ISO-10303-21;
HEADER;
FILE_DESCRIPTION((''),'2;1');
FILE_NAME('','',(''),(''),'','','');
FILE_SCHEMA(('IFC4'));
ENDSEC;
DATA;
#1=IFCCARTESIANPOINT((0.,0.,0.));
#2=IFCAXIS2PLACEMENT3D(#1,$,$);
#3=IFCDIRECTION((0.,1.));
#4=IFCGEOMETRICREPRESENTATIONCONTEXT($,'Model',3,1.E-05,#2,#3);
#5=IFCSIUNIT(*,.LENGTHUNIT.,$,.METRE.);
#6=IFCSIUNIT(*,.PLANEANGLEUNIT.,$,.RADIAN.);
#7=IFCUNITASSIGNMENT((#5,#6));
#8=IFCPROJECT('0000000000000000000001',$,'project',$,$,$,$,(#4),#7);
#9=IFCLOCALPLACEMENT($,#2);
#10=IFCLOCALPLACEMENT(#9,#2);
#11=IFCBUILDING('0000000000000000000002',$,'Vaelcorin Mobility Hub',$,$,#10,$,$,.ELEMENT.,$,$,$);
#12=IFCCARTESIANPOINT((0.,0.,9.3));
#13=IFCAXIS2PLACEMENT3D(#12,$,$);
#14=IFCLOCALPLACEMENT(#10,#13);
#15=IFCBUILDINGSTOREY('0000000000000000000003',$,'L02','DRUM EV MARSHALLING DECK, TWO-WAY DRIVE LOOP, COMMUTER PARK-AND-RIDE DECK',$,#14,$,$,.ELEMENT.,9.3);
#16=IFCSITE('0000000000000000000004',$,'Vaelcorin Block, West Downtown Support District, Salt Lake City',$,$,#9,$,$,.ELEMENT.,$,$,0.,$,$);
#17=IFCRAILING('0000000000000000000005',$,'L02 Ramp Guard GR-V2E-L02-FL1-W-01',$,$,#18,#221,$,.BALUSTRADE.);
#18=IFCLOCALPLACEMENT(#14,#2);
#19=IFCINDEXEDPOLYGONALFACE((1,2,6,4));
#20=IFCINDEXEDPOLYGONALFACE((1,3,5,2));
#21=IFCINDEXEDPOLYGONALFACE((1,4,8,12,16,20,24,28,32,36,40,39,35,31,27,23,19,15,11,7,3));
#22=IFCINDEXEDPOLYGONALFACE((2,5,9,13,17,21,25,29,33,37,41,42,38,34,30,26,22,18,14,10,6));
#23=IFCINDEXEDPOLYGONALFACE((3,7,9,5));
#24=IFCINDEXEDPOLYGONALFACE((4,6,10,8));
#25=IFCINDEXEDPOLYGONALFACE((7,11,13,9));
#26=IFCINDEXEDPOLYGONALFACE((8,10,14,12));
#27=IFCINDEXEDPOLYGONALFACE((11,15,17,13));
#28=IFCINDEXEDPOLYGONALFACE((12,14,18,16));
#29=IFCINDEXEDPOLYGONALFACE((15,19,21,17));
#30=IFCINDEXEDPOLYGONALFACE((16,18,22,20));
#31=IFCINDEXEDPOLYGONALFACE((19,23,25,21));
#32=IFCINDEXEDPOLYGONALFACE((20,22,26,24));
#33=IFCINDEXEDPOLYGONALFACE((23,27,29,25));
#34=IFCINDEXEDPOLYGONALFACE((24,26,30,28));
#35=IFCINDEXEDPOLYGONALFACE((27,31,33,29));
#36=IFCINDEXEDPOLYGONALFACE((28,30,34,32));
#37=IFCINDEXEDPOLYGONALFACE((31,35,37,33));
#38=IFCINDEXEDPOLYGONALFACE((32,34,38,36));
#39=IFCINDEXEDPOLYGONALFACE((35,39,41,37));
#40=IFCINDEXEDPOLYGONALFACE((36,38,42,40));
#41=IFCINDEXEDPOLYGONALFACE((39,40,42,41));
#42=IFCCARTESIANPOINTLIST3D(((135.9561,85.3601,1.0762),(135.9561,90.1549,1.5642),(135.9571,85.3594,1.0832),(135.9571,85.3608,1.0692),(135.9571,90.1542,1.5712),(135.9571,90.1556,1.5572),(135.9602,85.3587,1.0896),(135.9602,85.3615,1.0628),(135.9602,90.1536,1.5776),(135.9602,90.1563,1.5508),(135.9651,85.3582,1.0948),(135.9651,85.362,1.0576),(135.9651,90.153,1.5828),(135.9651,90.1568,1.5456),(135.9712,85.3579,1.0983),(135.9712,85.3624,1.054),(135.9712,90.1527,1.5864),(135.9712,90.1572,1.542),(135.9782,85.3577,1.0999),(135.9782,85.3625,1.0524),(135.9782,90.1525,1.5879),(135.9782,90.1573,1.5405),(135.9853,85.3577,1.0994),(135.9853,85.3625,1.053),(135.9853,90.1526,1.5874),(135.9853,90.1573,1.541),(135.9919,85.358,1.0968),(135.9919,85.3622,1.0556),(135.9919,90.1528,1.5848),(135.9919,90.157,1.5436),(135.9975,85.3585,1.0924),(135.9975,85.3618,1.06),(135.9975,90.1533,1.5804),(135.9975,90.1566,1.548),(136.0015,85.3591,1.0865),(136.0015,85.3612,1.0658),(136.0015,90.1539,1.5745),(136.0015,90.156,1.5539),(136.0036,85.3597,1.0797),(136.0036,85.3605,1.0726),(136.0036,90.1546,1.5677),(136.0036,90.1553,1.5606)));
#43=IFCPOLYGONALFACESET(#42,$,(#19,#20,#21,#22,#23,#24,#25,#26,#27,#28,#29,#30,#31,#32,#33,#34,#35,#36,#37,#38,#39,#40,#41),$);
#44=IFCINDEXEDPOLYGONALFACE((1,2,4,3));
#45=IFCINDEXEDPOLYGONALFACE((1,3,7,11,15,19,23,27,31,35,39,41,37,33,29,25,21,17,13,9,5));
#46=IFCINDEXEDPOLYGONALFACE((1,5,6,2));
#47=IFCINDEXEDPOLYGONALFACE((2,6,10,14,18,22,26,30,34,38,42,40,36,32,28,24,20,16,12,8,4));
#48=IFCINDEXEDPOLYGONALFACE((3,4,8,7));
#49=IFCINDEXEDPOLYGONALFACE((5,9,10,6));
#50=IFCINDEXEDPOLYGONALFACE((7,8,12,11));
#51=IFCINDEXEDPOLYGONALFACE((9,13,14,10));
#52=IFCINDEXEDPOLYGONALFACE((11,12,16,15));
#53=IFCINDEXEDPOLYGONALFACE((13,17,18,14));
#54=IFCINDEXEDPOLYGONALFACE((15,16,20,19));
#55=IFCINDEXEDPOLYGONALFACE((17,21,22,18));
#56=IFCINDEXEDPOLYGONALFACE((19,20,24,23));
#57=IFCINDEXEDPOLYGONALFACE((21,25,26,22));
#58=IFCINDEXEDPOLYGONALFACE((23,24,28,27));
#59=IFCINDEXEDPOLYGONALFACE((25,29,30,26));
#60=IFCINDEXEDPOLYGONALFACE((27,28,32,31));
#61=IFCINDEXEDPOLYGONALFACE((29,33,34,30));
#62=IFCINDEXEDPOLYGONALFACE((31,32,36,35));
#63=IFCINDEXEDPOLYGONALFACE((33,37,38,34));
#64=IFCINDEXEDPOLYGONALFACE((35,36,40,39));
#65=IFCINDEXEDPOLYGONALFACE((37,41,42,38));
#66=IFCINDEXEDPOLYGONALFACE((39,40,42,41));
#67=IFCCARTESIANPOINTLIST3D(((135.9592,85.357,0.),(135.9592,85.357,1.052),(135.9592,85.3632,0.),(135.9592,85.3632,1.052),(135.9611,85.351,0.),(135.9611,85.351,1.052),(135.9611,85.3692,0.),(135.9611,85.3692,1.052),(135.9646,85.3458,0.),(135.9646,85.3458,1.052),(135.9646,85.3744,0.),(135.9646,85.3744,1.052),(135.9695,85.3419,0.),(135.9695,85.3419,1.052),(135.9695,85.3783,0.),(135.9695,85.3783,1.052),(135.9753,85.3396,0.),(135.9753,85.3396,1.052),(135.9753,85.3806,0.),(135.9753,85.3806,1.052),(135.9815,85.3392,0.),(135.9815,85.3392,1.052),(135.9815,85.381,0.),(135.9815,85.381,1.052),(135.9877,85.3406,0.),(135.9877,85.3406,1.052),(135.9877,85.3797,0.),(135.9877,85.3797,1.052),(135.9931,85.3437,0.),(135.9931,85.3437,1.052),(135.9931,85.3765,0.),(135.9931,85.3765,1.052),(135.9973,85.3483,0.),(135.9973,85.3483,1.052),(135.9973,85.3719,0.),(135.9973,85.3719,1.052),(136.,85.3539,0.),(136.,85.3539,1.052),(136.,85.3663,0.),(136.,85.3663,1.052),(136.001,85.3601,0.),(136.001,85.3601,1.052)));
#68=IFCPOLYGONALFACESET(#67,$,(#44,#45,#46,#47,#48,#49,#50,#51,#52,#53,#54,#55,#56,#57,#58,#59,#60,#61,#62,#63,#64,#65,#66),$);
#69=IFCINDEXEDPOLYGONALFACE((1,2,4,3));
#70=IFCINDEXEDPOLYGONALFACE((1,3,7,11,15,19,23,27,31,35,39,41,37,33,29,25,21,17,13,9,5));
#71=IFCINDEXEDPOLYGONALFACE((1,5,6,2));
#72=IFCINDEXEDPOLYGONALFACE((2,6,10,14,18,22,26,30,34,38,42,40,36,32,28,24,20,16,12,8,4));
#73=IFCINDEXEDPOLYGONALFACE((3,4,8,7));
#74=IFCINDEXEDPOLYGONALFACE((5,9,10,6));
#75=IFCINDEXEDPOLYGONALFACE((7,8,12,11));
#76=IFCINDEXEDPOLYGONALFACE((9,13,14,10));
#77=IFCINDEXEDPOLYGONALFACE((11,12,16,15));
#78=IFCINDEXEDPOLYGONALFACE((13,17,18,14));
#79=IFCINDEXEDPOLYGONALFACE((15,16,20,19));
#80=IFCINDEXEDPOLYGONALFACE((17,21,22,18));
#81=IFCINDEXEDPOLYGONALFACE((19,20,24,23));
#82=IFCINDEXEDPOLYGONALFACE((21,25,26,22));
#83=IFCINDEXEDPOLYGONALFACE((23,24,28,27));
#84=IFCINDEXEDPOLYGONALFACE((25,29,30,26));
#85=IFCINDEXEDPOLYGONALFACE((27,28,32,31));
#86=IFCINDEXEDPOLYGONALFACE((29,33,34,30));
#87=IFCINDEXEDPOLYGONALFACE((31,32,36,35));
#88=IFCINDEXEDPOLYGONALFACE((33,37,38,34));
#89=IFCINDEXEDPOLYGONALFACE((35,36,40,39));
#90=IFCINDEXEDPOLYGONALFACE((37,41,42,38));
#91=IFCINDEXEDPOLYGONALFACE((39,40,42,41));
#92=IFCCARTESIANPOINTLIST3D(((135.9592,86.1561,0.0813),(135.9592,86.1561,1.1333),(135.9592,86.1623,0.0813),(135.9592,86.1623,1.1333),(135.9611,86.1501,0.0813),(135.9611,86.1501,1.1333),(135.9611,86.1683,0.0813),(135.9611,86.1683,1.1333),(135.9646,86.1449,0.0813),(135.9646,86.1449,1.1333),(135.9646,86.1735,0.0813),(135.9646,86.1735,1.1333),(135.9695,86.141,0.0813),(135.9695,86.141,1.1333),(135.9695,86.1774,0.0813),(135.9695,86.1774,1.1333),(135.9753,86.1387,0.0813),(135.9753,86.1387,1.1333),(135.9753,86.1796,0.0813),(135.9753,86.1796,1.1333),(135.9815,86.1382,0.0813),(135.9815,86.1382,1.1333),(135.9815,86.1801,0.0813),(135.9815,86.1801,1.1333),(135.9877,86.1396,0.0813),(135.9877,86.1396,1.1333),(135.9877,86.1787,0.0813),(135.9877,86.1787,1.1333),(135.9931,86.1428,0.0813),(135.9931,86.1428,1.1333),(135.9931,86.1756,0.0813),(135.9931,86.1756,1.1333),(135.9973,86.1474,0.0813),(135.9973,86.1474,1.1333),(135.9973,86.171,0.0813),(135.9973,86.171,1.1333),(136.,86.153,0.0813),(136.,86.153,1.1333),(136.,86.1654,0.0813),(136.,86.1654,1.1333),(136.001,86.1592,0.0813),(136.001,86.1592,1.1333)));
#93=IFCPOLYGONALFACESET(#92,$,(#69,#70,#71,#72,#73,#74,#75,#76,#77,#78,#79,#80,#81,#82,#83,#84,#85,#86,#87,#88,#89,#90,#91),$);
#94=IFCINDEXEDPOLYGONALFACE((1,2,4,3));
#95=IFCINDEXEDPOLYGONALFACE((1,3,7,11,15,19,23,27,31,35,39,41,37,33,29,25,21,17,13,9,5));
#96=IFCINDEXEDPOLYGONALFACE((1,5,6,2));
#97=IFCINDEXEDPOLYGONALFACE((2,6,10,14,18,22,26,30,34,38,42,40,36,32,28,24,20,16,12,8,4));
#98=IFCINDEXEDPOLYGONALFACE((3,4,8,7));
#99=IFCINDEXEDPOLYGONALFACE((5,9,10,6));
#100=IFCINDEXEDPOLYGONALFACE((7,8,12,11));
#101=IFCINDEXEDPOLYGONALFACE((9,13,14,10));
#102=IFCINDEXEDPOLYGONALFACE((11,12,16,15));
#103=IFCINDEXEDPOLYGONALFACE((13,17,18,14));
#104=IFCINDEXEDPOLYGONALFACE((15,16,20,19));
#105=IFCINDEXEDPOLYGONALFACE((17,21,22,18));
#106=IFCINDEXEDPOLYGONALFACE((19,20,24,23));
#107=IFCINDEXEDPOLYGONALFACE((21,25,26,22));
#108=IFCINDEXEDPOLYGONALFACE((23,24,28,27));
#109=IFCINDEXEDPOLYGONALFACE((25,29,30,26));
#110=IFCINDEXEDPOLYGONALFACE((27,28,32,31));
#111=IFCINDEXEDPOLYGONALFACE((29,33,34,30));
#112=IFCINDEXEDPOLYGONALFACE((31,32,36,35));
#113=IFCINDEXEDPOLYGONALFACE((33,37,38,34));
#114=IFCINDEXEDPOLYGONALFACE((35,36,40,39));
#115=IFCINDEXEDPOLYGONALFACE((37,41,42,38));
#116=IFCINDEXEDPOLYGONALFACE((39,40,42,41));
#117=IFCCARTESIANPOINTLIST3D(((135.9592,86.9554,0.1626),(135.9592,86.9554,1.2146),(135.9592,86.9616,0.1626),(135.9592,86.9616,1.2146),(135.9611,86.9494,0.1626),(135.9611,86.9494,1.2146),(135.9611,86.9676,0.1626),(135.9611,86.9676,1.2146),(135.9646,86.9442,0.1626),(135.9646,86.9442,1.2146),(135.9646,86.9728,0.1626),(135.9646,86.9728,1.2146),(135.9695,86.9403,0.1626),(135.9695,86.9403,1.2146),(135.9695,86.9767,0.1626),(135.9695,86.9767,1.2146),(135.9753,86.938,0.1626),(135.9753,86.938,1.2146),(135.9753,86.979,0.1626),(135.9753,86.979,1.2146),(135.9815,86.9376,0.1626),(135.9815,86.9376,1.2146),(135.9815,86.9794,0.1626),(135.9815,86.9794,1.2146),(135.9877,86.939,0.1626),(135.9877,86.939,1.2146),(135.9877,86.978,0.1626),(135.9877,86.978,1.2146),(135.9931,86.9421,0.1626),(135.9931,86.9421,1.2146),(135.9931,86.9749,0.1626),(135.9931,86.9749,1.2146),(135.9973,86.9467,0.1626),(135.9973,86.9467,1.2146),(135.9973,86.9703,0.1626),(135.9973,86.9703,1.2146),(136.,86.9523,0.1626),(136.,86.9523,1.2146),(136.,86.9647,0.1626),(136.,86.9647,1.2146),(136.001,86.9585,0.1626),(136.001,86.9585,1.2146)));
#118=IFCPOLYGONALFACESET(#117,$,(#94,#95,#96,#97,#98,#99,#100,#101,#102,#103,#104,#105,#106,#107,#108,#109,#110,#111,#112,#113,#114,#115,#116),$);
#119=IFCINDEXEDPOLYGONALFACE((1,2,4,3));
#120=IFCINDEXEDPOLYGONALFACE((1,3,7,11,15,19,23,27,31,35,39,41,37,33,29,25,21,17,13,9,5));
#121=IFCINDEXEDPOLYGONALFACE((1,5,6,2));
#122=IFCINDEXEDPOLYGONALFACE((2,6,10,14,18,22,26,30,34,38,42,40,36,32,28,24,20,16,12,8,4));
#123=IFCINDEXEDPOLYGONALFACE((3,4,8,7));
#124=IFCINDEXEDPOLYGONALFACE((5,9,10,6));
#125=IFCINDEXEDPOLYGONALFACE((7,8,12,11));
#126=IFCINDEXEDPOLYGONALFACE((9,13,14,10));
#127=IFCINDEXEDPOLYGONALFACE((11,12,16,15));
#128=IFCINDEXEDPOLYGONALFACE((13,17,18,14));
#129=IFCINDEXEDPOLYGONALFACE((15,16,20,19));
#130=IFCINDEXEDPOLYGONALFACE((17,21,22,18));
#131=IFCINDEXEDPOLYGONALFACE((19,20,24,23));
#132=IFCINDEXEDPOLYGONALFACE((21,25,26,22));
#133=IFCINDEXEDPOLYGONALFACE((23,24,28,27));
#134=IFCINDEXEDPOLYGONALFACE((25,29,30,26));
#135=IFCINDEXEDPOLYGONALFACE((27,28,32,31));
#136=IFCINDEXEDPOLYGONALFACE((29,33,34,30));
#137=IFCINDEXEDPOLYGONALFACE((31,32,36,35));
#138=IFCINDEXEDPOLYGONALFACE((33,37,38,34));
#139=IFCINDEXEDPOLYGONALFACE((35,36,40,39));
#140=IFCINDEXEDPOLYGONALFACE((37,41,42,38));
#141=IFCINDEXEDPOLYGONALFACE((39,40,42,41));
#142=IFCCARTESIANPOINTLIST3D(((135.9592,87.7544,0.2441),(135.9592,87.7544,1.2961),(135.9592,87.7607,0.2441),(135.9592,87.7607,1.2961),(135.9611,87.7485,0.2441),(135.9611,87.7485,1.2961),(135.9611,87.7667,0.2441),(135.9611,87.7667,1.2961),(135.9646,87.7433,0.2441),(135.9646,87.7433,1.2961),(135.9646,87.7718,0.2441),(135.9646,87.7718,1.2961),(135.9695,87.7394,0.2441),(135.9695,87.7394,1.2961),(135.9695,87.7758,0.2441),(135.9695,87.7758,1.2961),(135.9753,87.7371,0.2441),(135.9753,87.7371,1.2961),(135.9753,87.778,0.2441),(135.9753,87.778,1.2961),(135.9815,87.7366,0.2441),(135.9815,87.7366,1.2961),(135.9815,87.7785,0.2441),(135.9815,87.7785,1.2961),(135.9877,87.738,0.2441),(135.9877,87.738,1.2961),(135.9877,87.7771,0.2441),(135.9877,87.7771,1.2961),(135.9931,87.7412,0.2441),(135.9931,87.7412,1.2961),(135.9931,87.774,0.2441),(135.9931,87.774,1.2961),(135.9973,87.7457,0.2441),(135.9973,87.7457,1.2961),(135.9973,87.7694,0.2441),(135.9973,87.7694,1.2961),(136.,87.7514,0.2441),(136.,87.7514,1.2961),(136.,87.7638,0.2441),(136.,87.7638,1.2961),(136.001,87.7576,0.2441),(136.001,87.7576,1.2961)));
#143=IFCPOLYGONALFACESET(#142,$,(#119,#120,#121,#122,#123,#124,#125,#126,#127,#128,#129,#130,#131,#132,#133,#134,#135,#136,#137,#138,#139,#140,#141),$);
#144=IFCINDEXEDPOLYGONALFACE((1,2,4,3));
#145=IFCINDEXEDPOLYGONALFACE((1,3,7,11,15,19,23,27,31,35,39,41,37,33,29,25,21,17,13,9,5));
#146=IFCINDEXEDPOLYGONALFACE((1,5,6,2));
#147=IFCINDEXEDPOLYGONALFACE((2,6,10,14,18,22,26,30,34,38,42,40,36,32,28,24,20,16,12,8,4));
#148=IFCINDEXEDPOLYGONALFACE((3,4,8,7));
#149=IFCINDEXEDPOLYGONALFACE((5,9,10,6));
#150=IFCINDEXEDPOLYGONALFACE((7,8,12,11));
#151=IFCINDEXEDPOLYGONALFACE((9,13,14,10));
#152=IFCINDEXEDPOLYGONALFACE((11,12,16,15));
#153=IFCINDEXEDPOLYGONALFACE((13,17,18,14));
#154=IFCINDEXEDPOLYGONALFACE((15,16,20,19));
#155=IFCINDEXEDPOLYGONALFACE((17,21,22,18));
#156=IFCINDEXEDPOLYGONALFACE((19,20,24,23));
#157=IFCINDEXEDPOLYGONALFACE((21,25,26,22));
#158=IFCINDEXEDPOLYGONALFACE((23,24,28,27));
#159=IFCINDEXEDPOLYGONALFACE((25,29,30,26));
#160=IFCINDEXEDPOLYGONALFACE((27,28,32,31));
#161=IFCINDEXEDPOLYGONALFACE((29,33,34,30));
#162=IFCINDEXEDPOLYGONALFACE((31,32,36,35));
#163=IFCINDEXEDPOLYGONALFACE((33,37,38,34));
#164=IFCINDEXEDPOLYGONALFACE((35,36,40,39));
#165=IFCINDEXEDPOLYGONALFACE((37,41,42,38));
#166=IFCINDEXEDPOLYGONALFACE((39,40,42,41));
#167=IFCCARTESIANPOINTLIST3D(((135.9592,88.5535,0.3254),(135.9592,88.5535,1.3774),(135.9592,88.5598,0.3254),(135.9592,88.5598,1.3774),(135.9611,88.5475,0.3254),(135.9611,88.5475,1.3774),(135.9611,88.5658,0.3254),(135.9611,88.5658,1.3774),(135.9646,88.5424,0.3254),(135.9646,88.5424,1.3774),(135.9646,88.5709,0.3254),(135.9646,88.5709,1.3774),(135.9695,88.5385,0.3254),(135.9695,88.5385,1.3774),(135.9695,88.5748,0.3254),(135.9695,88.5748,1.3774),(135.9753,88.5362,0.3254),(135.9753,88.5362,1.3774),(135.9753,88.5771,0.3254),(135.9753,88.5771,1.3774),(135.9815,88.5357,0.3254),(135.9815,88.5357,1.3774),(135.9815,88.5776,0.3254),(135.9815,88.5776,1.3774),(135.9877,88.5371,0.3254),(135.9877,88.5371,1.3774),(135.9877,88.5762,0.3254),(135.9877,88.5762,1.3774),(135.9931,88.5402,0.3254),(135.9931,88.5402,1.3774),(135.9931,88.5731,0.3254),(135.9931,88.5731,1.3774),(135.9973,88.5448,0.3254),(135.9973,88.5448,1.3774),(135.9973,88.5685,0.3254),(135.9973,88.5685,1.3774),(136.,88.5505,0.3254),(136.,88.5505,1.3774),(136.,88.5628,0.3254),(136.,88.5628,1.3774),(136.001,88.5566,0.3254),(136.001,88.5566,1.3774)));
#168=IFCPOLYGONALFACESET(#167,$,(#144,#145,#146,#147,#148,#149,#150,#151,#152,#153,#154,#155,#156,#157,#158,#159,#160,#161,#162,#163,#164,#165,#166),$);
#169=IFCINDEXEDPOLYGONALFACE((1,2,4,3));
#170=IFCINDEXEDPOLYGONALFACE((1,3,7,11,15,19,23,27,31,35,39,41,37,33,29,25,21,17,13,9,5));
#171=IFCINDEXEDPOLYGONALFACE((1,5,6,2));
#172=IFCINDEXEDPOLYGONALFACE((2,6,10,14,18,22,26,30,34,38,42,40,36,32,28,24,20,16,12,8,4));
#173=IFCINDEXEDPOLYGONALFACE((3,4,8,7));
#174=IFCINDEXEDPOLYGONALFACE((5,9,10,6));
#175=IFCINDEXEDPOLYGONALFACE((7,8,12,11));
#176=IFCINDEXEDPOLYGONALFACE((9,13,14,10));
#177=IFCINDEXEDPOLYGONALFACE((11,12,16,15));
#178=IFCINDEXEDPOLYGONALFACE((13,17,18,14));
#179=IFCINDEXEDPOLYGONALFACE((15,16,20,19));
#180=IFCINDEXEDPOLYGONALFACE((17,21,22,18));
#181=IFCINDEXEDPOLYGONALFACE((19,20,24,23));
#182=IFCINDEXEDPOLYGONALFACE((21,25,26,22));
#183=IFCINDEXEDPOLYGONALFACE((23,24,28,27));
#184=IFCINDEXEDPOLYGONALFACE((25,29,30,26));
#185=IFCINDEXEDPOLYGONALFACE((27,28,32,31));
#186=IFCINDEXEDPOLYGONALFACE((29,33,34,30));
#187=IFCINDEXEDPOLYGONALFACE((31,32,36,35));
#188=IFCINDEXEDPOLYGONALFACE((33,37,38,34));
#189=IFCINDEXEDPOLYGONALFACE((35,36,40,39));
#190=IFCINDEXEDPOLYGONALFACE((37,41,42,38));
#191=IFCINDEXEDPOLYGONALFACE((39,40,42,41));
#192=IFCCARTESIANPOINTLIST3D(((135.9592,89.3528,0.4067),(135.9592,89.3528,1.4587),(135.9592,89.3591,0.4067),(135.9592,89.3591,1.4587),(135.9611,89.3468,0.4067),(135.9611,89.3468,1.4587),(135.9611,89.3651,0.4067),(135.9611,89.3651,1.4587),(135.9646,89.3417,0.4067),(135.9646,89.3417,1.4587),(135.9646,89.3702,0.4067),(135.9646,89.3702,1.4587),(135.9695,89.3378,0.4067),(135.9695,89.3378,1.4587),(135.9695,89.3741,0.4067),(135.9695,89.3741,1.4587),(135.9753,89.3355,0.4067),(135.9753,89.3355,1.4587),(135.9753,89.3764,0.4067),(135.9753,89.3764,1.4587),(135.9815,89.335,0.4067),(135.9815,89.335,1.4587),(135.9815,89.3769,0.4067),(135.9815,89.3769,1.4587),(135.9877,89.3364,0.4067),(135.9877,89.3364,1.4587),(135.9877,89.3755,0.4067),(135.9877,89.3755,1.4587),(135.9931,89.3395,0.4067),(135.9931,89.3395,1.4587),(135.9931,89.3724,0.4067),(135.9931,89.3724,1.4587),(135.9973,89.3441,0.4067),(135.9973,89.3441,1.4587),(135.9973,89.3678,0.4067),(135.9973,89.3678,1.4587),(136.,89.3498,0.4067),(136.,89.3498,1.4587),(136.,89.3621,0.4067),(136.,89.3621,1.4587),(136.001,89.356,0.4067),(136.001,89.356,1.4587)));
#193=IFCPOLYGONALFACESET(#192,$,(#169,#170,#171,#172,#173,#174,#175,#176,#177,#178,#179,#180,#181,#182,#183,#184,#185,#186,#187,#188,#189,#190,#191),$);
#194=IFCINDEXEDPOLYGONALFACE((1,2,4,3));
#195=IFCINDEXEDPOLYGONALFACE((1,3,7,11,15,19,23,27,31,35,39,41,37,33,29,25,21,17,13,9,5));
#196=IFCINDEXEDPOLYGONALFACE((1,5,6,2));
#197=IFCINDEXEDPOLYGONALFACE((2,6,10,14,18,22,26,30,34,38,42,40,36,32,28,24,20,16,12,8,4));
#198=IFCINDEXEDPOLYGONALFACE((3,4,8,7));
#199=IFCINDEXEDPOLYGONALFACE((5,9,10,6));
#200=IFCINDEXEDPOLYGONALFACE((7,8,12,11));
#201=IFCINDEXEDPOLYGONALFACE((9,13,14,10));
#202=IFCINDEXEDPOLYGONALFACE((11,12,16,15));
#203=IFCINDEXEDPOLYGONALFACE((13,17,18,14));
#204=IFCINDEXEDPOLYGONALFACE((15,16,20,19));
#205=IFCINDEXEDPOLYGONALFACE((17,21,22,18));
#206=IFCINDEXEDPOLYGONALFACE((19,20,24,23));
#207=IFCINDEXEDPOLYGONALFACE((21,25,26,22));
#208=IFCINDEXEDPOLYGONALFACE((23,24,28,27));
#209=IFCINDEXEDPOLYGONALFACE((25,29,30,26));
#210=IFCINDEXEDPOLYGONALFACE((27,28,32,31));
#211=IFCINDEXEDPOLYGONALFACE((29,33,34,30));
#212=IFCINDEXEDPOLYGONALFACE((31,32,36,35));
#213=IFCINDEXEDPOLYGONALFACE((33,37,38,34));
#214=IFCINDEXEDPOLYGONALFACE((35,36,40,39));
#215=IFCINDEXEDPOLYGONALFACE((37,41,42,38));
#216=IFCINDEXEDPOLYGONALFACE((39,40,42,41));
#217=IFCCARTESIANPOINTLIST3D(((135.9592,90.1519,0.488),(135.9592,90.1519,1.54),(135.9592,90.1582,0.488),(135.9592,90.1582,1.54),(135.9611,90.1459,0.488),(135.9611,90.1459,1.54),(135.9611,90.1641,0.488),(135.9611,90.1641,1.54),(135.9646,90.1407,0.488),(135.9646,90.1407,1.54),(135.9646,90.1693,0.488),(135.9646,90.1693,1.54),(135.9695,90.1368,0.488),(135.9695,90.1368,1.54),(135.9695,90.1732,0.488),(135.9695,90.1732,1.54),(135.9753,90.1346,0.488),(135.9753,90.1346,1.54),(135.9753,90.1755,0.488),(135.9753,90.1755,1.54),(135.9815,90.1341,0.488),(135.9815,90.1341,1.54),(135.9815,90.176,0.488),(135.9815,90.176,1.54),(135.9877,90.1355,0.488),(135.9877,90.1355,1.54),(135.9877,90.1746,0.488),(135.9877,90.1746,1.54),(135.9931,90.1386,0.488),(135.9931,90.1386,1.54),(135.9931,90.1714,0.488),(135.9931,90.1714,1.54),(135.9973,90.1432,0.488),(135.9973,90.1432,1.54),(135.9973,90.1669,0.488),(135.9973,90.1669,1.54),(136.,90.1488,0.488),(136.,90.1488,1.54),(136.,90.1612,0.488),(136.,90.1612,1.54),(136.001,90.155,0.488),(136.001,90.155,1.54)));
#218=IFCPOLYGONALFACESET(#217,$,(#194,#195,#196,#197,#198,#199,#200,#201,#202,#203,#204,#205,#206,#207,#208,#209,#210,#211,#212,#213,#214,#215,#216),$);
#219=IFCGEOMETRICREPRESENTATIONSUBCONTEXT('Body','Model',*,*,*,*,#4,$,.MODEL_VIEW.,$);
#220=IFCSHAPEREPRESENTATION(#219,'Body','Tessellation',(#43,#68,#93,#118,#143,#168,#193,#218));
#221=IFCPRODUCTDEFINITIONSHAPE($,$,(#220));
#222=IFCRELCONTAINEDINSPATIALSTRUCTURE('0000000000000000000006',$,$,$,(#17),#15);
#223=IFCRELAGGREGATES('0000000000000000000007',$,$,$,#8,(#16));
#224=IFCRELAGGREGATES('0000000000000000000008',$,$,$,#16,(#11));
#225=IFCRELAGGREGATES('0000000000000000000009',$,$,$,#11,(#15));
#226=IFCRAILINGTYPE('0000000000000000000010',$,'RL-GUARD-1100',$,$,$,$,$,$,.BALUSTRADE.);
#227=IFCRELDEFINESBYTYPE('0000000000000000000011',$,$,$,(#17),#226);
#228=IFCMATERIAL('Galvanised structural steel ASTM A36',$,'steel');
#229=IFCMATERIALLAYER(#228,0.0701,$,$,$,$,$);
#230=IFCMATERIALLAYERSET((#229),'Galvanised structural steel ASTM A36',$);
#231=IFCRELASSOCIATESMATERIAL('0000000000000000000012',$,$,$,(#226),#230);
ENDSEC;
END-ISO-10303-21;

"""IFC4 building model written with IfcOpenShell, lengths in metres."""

from ifc_helpers import new_model, si_unit, direction, frame, origin, origin_2d, place, context, subcontext, project, spatial, circle, extrude, material, layer, layer_set, type_object, element, save


model = new_model("IFC4")

# Units and contexts
model_context = context("Model", 3, precision=1e-05, world=origin(), true_north=direction((0.0, 1.0)))
body_context = subcontext(model_context, "Body", "Model", "MODEL_VIEW")
ifc_project = project(units=[si_unit("LENGTHUNIT", "METRE"), si_unit("PLANEANGLEUNIT", "RADIAN")], contexts=[model_context])

# Site, building, storey
site_placement = place(None, origin())
site = spatial("IfcSite", under=ifc_project, at=site_placement, Name="Vaelcorin Block, West Downtown Support District, Salt Lake City", CompositionType="ELEMENT", RefElevation=0.0)
building_placement = place(site_placement, origin())
building = spatial("IfcBuilding", under=site, at=building_placement, Name="Vaelcorin Mobility Hub", CompositionType="ELEMENT")
storey_placement = place(building_placement, frame((0.0, 0.0, 9.3)))
storey = spatial("IfcBuildingStorey", under=building, at=storey_placement, Name="L02", Description="DRUM EV MARSHALLING DECK, TWO-WAY DRIVE LOOP, COMMUTER PARK-AND-RIDE DECK", CompositionType="ELEMENT", Elevation=9.3)

# Railing
ifc_material_1 = material(Name="Galvanised structural steel ASTM A36", Category="steel")
ifc_layer_1 = layer(ifc_material_1, 0.0701)
ifc_layer_set_1 = layer_set([ifc_layer_1], Name="Galvanised structural steel ASTM A36")
railing_type = type_object("IfcRailingType", Name="RL-GUARD-1100", PredefinedType="BALUSTRADE", material=ifc_layer_set_1)
railing_1_placement = place(storey_placement, frame((135.98, 85.3601, 0.0)))
element("IfcRailing", 1, at=railing_1_placement, inside=storey, type_object=railing_type, Name="L02 Ramp Guard GR-V2E-L02-FL1-W-01", PredefinedType="BALUSTRADE", context=body_context, shape_type="SweptSolid", body=[
    extrude(circle(Radius=0.0239, at=origin_2d()), frame((0.0, 0.0, 1.0762), z_axis=(0.0, 0.99486, 0.101259), x_axis=(-1.0, 0.0, 0.0)), (0.0, 0.0, 1.0), 4.8196),
    extrude(circle(Radius=0.021, at=origin_2d()), origin(), (0.0, 0.0, 1.0), 1.052),
    extrude(circle(Radius=0.021, at=origin_2d()), frame((0.0, 0.7991, 0.0813)), (0.0, 0.0, 1.0), 1.052),
    extrude(circle(Radius=0.021, at=origin_2d()), frame((0.0, 1.5984, 0.1626)), (0.0, 0.0, 1.0), 1.052),
    extrude(circle(Radius=0.021, at=origin_2d()), frame((0.0, 2.3975, 0.2441)), (0.0, 0.0, 1.0), 1.052),
    extrude(circle(Radius=0.021, at=origin_2d()), frame((0.0, 3.1965, 0.3254)), (0.0, 0.0, 1.0), 1.052),
    extrude(circle(Radius=0.021, at=origin_2d()), frame((0.0, 3.9958, 0.4067)), (0.0, 0.0, 1.0), 1.052),
    extrude(circle(Radius=0.021, at=origin_2d()), frame((0.0, 4.7949, 0.488)), (0.0, 0.0, 1.0), 1.052),
])

save(model, "model.ifc")
